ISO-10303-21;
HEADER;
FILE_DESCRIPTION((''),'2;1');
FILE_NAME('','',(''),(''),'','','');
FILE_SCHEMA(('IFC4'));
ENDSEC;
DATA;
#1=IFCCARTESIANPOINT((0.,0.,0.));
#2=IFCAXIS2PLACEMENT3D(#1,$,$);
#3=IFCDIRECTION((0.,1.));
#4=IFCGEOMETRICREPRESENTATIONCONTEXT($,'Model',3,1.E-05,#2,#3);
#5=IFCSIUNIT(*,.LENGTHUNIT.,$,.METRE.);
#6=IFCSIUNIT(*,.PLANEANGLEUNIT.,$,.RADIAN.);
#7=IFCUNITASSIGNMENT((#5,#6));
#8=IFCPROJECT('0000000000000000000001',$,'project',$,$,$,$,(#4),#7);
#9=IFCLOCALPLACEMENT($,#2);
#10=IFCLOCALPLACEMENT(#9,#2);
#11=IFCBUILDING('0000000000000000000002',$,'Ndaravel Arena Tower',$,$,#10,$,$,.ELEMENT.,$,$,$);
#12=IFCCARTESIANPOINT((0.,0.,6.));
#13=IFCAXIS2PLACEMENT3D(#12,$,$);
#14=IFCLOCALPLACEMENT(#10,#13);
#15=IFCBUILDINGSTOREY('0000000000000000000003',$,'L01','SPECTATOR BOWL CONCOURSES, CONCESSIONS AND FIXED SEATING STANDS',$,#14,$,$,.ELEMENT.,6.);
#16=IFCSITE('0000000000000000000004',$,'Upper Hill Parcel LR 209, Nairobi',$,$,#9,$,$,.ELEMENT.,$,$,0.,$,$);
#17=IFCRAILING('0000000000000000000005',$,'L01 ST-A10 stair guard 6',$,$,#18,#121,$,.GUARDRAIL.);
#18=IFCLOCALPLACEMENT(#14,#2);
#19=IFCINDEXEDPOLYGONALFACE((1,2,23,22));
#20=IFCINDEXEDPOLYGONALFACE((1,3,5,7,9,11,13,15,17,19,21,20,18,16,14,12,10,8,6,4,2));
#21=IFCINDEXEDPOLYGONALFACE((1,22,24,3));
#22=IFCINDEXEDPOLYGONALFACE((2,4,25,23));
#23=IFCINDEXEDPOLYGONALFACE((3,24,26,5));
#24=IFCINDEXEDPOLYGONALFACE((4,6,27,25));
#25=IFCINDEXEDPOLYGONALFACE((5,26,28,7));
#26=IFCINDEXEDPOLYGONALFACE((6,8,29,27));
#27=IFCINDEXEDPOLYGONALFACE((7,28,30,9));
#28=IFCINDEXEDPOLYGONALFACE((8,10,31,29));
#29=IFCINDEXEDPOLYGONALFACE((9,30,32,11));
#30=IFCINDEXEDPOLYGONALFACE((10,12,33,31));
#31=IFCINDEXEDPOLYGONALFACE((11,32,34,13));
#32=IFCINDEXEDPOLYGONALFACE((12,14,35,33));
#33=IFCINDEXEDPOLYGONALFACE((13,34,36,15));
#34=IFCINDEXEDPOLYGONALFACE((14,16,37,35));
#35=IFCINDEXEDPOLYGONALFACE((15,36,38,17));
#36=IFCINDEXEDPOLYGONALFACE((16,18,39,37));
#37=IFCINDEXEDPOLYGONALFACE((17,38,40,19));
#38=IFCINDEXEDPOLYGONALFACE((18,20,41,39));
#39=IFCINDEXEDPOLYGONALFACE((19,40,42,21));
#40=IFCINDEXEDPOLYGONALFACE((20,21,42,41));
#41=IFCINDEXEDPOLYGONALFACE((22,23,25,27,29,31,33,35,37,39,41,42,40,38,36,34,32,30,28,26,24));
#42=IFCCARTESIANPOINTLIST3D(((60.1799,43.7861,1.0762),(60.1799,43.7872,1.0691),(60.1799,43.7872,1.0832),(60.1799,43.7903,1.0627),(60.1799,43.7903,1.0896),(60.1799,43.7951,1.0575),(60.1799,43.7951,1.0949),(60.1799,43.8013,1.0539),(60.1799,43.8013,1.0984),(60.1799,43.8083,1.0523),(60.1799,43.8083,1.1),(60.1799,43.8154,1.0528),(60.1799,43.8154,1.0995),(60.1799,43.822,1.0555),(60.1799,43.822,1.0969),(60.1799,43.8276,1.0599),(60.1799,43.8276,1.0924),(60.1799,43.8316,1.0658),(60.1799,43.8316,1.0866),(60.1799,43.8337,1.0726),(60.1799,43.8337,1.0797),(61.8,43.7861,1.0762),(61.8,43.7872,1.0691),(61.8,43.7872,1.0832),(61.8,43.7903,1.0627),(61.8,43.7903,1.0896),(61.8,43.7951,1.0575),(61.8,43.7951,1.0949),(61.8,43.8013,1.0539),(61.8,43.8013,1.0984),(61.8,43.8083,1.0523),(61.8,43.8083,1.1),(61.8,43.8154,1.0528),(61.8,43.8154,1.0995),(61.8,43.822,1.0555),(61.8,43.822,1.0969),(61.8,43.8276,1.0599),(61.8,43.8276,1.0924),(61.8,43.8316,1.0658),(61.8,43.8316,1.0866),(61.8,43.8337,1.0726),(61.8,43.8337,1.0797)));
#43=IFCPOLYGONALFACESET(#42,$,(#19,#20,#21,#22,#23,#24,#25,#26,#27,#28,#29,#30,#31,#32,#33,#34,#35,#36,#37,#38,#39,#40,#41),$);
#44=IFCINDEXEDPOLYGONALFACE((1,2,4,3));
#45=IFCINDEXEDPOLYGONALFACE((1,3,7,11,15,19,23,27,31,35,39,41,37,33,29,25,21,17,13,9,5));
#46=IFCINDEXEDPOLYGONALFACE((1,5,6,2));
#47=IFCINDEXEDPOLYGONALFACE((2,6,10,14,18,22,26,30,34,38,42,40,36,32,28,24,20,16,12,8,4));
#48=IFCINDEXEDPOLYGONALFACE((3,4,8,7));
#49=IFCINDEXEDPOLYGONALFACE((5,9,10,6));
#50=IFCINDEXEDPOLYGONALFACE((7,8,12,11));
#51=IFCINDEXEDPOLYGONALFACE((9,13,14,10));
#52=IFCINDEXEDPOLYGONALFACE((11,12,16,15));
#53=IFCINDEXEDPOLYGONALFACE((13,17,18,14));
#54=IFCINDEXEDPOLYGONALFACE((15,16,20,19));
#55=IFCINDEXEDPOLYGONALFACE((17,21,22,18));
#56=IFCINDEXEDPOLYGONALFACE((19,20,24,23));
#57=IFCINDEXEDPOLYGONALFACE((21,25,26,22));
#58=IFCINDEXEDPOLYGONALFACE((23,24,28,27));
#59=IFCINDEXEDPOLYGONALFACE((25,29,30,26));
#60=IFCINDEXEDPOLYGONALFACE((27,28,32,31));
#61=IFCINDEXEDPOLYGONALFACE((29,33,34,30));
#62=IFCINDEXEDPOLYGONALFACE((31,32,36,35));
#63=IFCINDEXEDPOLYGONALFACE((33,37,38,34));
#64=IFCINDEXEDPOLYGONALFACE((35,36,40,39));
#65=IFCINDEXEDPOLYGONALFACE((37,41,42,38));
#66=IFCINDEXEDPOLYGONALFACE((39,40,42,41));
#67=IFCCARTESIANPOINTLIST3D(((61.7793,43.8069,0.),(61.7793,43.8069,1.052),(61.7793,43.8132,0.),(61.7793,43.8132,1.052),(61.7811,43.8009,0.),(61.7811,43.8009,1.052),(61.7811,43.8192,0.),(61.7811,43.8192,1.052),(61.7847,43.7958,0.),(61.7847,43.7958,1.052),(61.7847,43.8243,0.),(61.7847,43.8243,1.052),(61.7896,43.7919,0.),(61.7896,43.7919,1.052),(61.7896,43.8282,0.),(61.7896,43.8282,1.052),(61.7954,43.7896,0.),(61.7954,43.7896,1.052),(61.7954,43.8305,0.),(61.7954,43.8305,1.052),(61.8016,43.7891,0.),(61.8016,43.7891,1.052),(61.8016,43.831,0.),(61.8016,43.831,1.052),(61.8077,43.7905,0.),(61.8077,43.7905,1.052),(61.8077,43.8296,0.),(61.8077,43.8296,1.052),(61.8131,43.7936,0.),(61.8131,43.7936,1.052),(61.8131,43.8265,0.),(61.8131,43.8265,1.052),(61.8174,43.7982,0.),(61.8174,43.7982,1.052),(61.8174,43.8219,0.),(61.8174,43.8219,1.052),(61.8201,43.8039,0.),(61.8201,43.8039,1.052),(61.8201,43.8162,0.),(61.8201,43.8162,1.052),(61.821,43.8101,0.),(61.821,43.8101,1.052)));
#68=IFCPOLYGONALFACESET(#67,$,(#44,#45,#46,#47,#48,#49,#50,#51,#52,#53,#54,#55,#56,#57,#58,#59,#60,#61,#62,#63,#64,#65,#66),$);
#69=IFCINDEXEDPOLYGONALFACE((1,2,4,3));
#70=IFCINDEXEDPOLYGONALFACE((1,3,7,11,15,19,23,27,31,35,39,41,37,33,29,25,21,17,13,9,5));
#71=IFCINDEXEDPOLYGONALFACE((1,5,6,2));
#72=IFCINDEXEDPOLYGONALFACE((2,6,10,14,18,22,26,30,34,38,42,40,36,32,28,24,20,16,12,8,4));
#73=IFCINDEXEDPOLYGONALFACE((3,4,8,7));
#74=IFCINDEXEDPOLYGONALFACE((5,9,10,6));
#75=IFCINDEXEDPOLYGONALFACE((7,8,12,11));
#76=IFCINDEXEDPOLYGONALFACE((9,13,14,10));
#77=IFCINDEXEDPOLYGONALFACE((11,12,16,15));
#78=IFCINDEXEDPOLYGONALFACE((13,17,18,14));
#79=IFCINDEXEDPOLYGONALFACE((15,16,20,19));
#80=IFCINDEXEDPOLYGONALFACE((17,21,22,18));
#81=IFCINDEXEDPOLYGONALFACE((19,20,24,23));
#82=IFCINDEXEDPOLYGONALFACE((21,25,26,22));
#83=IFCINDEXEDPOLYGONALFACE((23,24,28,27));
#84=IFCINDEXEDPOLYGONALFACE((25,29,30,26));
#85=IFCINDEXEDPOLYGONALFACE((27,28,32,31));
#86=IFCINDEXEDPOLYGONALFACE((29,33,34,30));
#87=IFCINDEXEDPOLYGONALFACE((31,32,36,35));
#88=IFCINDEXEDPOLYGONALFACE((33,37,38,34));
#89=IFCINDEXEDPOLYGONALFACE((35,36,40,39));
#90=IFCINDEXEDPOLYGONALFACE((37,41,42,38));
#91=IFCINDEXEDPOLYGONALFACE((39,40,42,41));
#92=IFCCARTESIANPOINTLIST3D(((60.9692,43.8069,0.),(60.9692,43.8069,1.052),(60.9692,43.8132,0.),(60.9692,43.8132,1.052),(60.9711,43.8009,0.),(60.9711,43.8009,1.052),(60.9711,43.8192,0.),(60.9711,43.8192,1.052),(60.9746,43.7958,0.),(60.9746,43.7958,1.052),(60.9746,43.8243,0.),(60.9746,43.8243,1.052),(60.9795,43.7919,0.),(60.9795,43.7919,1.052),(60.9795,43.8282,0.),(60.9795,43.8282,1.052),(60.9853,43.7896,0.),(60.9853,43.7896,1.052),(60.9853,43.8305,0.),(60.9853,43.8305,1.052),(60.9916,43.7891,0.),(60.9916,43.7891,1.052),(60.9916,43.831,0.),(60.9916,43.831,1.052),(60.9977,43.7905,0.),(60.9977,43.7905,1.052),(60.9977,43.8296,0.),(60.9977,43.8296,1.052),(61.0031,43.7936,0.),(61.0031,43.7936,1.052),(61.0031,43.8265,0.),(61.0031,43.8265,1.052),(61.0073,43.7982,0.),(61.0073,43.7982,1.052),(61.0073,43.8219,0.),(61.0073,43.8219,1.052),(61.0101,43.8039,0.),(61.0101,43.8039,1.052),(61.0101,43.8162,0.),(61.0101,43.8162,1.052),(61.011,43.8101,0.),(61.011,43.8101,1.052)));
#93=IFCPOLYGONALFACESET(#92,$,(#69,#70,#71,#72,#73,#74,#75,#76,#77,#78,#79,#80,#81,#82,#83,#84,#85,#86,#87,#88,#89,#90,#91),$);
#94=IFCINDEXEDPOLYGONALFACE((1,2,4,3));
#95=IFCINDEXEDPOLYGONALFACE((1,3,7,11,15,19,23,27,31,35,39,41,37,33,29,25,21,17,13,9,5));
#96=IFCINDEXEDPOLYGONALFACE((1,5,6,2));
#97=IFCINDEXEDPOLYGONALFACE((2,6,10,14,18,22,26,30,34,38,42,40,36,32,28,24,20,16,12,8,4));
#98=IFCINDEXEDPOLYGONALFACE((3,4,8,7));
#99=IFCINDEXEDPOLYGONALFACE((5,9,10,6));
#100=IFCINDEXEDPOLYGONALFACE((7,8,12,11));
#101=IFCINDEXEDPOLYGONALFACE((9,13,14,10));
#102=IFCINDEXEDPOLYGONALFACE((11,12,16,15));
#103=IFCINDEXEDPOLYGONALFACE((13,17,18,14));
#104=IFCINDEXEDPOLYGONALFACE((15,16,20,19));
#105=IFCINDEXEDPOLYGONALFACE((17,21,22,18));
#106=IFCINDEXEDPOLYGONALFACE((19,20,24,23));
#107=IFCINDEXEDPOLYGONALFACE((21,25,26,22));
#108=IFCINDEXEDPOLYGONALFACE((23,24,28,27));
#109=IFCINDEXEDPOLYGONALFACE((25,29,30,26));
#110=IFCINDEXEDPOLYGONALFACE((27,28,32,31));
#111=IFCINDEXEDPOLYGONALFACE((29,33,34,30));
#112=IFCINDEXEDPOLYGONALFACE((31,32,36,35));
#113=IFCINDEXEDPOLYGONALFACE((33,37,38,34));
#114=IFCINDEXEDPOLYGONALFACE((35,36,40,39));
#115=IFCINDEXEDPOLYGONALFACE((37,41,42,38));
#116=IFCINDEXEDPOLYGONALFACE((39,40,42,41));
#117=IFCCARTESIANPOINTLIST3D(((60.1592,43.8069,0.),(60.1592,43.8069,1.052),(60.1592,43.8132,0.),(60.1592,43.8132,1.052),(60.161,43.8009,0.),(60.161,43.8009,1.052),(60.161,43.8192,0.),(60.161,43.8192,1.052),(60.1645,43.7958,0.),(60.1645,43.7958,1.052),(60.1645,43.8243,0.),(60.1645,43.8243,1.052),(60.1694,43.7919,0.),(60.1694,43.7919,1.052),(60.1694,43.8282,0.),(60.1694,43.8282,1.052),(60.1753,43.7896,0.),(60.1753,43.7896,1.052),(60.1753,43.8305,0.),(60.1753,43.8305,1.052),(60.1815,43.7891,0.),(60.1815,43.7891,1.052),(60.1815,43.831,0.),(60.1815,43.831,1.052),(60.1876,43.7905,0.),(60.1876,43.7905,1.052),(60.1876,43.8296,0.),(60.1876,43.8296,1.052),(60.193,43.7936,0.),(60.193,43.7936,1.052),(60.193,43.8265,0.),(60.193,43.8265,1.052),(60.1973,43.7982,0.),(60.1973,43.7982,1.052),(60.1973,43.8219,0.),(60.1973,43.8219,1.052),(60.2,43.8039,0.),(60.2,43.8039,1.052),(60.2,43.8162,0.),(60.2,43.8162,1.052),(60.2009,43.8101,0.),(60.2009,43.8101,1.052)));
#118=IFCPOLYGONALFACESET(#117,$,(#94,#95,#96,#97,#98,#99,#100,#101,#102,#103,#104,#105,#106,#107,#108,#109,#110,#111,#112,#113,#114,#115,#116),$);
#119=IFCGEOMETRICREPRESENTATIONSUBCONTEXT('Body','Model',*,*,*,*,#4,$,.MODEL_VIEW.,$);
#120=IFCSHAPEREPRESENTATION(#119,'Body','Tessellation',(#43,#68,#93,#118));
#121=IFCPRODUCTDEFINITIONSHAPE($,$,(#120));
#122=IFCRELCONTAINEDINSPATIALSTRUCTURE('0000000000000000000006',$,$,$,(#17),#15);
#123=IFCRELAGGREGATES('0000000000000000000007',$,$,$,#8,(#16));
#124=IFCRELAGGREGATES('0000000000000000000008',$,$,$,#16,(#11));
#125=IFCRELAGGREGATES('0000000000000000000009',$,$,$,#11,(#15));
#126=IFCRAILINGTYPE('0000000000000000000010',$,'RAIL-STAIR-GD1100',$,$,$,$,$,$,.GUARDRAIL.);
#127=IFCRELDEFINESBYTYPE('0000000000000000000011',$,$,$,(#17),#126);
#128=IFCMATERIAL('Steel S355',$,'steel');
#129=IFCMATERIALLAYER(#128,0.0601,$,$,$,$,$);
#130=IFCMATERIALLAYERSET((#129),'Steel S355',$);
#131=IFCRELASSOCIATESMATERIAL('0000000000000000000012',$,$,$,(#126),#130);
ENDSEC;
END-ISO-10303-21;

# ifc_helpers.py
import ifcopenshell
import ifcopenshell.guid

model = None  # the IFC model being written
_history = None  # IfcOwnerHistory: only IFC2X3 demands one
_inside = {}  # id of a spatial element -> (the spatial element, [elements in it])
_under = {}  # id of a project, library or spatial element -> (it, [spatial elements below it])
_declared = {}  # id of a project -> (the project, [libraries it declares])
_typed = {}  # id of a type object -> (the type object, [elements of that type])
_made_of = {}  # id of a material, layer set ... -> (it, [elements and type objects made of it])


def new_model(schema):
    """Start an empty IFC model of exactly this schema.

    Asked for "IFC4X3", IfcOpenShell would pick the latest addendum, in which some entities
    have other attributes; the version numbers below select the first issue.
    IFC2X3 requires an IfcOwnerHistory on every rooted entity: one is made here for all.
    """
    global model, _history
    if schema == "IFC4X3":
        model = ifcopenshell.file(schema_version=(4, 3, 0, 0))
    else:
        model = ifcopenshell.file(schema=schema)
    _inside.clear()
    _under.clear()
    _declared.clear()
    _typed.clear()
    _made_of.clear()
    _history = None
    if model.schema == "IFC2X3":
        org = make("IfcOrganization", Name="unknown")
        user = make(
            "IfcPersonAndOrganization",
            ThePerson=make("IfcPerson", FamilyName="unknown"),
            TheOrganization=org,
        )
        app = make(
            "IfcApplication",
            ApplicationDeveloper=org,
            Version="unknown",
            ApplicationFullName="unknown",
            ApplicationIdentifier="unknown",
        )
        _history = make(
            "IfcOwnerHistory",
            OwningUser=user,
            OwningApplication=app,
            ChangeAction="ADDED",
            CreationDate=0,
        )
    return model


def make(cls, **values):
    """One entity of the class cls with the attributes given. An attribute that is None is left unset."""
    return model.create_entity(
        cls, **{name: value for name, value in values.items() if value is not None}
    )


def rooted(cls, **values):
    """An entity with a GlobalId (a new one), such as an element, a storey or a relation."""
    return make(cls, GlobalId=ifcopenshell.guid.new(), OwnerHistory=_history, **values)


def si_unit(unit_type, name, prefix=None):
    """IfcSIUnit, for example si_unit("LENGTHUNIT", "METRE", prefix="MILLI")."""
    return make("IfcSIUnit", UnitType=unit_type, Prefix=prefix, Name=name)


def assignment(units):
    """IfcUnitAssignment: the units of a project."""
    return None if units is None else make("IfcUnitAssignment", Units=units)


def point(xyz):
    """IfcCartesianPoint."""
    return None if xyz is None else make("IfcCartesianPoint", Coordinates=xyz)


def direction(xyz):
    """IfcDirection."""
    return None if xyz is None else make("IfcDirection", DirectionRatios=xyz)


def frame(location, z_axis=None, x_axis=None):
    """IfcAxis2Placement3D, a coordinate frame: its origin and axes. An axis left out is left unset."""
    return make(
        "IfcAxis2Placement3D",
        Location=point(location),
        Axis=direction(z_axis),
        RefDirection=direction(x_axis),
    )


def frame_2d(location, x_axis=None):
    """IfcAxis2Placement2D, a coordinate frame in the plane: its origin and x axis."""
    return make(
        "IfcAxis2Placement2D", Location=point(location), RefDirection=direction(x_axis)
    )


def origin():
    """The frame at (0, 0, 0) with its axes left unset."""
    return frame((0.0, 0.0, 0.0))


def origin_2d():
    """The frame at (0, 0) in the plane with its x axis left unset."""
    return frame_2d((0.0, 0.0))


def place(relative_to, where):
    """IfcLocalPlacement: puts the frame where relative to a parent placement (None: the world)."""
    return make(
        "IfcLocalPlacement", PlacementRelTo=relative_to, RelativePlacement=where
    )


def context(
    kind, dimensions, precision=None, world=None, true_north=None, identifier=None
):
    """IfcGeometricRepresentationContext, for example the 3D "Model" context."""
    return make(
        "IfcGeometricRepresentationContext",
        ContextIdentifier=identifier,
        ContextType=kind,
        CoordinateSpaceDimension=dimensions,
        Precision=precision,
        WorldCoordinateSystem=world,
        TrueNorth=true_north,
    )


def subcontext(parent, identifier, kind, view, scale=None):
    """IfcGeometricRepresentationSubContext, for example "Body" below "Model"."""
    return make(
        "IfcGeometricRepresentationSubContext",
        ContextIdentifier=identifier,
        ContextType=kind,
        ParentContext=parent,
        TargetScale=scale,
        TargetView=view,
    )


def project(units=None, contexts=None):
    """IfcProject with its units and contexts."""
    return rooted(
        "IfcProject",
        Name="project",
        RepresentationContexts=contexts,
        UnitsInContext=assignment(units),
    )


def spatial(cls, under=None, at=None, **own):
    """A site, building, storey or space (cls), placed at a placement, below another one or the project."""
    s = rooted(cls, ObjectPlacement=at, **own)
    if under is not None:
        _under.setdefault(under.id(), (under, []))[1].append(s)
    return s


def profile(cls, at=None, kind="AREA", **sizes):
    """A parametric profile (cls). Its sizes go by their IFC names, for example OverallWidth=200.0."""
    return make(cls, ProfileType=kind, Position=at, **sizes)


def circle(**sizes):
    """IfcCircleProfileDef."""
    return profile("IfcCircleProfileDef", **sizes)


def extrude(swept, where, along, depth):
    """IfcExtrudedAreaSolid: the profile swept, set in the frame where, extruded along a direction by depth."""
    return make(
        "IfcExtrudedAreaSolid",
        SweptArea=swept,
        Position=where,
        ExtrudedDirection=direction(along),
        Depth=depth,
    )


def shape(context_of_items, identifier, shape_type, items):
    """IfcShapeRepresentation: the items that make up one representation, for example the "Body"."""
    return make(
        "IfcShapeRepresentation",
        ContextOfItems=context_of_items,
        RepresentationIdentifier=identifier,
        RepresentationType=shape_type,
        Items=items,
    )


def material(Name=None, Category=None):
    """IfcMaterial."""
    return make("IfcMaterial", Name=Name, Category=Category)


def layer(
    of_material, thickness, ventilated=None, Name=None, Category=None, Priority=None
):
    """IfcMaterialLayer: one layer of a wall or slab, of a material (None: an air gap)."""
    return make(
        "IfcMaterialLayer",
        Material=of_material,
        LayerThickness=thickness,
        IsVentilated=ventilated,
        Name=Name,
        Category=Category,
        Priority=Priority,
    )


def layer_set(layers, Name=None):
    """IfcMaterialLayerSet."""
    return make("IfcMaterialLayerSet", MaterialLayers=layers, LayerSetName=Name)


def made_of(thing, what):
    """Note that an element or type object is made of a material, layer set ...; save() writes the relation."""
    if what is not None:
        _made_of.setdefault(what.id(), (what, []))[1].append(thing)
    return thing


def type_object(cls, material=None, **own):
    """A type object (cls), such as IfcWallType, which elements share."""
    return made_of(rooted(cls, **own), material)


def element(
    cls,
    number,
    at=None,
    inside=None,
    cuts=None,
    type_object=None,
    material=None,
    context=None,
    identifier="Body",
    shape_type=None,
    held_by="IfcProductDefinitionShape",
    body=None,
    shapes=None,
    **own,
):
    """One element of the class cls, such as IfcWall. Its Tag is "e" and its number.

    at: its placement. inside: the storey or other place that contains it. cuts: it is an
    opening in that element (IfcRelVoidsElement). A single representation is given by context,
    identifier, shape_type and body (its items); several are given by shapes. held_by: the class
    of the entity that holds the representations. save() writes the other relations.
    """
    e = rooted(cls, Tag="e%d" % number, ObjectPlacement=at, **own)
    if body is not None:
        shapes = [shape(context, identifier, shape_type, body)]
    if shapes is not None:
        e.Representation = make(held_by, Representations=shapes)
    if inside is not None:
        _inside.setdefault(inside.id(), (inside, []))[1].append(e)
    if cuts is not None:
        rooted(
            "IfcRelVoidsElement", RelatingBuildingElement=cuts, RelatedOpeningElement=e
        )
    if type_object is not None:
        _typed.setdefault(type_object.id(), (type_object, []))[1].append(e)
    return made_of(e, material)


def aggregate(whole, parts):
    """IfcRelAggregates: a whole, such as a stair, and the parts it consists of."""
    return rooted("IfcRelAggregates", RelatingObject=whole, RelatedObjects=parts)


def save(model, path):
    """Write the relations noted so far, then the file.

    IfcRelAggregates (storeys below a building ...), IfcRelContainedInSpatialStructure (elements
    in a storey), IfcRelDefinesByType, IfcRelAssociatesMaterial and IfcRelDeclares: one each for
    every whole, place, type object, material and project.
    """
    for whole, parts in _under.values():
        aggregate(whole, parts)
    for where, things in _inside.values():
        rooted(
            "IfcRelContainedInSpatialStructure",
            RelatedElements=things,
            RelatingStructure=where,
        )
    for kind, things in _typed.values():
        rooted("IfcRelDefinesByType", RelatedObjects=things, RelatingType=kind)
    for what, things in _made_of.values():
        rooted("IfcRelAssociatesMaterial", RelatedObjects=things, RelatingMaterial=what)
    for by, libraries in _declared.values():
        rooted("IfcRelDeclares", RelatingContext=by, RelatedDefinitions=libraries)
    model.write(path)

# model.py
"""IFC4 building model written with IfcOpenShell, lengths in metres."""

from ifc_helpers import new_model, si_unit, direction, frame, origin, origin_2d, place, context, subcontext, project, spatial, circle, extrude, material, layer, layer_set, type_object, element, save


model = new_model("IFC4")

# Units and contexts
model_context = context("Model", 3, precision=1e-05, world=origin(), true_north=direction((0.0, 1.0)))
body_context = subcontext(model_context, "Body", "Model", "MODEL_VIEW")
ifc_project = project(units=[si_unit("LENGTHUNIT", "METRE"), si_unit("PLANEANGLEUNIT", "RADIAN")], contexts=[model_context])

# Site, building, storey
site_placement = place(None, origin())
site = spatial("IfcSite", under=ifc_project, at=site_placement, Name="Upper Hill Parcel LR 209, Nairobi", CompositionType="ELEMENT", RefElevation=0.0)
building_placement = place(site_placement, origin())
building = spatial("IfcBuilding", under=site, at=building_placement, Name="Ndaravel Arena Tower", CompositionType="ELEMENT")
storey_placement = place(building_placement, frame((0.0, 0.0, 6.0)))
storey = spatial("IfcBuildingStorey", under=building, at=storey_placement, Name="L01", Description="SPECTATOR BOWL CONCOURSES, CONCESSIONS AND FIXED SEATING STANDS", CompositionType="ELEMENT", Elevation=6.0)

# Railing
ifc_material_1 = material(Name="Steel S355", Category="steel")
ifc_layer_1 = layer(ifc_material_1, 0.0601)
ifc_layer_set_1 = layer_set([ifc_layer_1], Name="Steel S355")
railing_type_1 = type_object("IfcRailingType", Name="RAIL-STAIR-GD1100", PredefinedType="GUARDRAIL", material=ifc_layer_set_1)
for number, where, name in (
    (1, (61.8, 43.8101, 0.0), "L01 ST-A10 stair guard 6"),
):
    element("IfcRailing", number, at=place(storey_placement, frame(where)), inside=storey, type_object=railing_type_1, Name=name, PredefinedType="GUARDRAIL", context=body_context, shape_type="SweptSolid", body=[
        extrude(circle(Radius=0.0239, at=origin_2d()), frame((0.0, 0.0, 1.0762), z_axis=(-1.0, 0.0, 0.0), x_axis=(0.0, -1.0, 0.0)), (0.0, 0.0, 1.0), 1.6201),
        extrude(circle(Radius=0.021, at=origin_2d()), origin(), (0.0, 0.0, 1.0), 1.052),
        extrude(circle(Radius=0.021, at=origin_2d()), frame((-0.8101, 0.0, 0.0)), (0.0, 0.0, 1.0), 1.052),
        extrude(circle(Radius=0.021, at=origin_2d()), frame((-1.6201, 0.0, 0.0)), (0.0, 0.0, 1.0), 1.052),
    ])

save(model, "model.ifc")
